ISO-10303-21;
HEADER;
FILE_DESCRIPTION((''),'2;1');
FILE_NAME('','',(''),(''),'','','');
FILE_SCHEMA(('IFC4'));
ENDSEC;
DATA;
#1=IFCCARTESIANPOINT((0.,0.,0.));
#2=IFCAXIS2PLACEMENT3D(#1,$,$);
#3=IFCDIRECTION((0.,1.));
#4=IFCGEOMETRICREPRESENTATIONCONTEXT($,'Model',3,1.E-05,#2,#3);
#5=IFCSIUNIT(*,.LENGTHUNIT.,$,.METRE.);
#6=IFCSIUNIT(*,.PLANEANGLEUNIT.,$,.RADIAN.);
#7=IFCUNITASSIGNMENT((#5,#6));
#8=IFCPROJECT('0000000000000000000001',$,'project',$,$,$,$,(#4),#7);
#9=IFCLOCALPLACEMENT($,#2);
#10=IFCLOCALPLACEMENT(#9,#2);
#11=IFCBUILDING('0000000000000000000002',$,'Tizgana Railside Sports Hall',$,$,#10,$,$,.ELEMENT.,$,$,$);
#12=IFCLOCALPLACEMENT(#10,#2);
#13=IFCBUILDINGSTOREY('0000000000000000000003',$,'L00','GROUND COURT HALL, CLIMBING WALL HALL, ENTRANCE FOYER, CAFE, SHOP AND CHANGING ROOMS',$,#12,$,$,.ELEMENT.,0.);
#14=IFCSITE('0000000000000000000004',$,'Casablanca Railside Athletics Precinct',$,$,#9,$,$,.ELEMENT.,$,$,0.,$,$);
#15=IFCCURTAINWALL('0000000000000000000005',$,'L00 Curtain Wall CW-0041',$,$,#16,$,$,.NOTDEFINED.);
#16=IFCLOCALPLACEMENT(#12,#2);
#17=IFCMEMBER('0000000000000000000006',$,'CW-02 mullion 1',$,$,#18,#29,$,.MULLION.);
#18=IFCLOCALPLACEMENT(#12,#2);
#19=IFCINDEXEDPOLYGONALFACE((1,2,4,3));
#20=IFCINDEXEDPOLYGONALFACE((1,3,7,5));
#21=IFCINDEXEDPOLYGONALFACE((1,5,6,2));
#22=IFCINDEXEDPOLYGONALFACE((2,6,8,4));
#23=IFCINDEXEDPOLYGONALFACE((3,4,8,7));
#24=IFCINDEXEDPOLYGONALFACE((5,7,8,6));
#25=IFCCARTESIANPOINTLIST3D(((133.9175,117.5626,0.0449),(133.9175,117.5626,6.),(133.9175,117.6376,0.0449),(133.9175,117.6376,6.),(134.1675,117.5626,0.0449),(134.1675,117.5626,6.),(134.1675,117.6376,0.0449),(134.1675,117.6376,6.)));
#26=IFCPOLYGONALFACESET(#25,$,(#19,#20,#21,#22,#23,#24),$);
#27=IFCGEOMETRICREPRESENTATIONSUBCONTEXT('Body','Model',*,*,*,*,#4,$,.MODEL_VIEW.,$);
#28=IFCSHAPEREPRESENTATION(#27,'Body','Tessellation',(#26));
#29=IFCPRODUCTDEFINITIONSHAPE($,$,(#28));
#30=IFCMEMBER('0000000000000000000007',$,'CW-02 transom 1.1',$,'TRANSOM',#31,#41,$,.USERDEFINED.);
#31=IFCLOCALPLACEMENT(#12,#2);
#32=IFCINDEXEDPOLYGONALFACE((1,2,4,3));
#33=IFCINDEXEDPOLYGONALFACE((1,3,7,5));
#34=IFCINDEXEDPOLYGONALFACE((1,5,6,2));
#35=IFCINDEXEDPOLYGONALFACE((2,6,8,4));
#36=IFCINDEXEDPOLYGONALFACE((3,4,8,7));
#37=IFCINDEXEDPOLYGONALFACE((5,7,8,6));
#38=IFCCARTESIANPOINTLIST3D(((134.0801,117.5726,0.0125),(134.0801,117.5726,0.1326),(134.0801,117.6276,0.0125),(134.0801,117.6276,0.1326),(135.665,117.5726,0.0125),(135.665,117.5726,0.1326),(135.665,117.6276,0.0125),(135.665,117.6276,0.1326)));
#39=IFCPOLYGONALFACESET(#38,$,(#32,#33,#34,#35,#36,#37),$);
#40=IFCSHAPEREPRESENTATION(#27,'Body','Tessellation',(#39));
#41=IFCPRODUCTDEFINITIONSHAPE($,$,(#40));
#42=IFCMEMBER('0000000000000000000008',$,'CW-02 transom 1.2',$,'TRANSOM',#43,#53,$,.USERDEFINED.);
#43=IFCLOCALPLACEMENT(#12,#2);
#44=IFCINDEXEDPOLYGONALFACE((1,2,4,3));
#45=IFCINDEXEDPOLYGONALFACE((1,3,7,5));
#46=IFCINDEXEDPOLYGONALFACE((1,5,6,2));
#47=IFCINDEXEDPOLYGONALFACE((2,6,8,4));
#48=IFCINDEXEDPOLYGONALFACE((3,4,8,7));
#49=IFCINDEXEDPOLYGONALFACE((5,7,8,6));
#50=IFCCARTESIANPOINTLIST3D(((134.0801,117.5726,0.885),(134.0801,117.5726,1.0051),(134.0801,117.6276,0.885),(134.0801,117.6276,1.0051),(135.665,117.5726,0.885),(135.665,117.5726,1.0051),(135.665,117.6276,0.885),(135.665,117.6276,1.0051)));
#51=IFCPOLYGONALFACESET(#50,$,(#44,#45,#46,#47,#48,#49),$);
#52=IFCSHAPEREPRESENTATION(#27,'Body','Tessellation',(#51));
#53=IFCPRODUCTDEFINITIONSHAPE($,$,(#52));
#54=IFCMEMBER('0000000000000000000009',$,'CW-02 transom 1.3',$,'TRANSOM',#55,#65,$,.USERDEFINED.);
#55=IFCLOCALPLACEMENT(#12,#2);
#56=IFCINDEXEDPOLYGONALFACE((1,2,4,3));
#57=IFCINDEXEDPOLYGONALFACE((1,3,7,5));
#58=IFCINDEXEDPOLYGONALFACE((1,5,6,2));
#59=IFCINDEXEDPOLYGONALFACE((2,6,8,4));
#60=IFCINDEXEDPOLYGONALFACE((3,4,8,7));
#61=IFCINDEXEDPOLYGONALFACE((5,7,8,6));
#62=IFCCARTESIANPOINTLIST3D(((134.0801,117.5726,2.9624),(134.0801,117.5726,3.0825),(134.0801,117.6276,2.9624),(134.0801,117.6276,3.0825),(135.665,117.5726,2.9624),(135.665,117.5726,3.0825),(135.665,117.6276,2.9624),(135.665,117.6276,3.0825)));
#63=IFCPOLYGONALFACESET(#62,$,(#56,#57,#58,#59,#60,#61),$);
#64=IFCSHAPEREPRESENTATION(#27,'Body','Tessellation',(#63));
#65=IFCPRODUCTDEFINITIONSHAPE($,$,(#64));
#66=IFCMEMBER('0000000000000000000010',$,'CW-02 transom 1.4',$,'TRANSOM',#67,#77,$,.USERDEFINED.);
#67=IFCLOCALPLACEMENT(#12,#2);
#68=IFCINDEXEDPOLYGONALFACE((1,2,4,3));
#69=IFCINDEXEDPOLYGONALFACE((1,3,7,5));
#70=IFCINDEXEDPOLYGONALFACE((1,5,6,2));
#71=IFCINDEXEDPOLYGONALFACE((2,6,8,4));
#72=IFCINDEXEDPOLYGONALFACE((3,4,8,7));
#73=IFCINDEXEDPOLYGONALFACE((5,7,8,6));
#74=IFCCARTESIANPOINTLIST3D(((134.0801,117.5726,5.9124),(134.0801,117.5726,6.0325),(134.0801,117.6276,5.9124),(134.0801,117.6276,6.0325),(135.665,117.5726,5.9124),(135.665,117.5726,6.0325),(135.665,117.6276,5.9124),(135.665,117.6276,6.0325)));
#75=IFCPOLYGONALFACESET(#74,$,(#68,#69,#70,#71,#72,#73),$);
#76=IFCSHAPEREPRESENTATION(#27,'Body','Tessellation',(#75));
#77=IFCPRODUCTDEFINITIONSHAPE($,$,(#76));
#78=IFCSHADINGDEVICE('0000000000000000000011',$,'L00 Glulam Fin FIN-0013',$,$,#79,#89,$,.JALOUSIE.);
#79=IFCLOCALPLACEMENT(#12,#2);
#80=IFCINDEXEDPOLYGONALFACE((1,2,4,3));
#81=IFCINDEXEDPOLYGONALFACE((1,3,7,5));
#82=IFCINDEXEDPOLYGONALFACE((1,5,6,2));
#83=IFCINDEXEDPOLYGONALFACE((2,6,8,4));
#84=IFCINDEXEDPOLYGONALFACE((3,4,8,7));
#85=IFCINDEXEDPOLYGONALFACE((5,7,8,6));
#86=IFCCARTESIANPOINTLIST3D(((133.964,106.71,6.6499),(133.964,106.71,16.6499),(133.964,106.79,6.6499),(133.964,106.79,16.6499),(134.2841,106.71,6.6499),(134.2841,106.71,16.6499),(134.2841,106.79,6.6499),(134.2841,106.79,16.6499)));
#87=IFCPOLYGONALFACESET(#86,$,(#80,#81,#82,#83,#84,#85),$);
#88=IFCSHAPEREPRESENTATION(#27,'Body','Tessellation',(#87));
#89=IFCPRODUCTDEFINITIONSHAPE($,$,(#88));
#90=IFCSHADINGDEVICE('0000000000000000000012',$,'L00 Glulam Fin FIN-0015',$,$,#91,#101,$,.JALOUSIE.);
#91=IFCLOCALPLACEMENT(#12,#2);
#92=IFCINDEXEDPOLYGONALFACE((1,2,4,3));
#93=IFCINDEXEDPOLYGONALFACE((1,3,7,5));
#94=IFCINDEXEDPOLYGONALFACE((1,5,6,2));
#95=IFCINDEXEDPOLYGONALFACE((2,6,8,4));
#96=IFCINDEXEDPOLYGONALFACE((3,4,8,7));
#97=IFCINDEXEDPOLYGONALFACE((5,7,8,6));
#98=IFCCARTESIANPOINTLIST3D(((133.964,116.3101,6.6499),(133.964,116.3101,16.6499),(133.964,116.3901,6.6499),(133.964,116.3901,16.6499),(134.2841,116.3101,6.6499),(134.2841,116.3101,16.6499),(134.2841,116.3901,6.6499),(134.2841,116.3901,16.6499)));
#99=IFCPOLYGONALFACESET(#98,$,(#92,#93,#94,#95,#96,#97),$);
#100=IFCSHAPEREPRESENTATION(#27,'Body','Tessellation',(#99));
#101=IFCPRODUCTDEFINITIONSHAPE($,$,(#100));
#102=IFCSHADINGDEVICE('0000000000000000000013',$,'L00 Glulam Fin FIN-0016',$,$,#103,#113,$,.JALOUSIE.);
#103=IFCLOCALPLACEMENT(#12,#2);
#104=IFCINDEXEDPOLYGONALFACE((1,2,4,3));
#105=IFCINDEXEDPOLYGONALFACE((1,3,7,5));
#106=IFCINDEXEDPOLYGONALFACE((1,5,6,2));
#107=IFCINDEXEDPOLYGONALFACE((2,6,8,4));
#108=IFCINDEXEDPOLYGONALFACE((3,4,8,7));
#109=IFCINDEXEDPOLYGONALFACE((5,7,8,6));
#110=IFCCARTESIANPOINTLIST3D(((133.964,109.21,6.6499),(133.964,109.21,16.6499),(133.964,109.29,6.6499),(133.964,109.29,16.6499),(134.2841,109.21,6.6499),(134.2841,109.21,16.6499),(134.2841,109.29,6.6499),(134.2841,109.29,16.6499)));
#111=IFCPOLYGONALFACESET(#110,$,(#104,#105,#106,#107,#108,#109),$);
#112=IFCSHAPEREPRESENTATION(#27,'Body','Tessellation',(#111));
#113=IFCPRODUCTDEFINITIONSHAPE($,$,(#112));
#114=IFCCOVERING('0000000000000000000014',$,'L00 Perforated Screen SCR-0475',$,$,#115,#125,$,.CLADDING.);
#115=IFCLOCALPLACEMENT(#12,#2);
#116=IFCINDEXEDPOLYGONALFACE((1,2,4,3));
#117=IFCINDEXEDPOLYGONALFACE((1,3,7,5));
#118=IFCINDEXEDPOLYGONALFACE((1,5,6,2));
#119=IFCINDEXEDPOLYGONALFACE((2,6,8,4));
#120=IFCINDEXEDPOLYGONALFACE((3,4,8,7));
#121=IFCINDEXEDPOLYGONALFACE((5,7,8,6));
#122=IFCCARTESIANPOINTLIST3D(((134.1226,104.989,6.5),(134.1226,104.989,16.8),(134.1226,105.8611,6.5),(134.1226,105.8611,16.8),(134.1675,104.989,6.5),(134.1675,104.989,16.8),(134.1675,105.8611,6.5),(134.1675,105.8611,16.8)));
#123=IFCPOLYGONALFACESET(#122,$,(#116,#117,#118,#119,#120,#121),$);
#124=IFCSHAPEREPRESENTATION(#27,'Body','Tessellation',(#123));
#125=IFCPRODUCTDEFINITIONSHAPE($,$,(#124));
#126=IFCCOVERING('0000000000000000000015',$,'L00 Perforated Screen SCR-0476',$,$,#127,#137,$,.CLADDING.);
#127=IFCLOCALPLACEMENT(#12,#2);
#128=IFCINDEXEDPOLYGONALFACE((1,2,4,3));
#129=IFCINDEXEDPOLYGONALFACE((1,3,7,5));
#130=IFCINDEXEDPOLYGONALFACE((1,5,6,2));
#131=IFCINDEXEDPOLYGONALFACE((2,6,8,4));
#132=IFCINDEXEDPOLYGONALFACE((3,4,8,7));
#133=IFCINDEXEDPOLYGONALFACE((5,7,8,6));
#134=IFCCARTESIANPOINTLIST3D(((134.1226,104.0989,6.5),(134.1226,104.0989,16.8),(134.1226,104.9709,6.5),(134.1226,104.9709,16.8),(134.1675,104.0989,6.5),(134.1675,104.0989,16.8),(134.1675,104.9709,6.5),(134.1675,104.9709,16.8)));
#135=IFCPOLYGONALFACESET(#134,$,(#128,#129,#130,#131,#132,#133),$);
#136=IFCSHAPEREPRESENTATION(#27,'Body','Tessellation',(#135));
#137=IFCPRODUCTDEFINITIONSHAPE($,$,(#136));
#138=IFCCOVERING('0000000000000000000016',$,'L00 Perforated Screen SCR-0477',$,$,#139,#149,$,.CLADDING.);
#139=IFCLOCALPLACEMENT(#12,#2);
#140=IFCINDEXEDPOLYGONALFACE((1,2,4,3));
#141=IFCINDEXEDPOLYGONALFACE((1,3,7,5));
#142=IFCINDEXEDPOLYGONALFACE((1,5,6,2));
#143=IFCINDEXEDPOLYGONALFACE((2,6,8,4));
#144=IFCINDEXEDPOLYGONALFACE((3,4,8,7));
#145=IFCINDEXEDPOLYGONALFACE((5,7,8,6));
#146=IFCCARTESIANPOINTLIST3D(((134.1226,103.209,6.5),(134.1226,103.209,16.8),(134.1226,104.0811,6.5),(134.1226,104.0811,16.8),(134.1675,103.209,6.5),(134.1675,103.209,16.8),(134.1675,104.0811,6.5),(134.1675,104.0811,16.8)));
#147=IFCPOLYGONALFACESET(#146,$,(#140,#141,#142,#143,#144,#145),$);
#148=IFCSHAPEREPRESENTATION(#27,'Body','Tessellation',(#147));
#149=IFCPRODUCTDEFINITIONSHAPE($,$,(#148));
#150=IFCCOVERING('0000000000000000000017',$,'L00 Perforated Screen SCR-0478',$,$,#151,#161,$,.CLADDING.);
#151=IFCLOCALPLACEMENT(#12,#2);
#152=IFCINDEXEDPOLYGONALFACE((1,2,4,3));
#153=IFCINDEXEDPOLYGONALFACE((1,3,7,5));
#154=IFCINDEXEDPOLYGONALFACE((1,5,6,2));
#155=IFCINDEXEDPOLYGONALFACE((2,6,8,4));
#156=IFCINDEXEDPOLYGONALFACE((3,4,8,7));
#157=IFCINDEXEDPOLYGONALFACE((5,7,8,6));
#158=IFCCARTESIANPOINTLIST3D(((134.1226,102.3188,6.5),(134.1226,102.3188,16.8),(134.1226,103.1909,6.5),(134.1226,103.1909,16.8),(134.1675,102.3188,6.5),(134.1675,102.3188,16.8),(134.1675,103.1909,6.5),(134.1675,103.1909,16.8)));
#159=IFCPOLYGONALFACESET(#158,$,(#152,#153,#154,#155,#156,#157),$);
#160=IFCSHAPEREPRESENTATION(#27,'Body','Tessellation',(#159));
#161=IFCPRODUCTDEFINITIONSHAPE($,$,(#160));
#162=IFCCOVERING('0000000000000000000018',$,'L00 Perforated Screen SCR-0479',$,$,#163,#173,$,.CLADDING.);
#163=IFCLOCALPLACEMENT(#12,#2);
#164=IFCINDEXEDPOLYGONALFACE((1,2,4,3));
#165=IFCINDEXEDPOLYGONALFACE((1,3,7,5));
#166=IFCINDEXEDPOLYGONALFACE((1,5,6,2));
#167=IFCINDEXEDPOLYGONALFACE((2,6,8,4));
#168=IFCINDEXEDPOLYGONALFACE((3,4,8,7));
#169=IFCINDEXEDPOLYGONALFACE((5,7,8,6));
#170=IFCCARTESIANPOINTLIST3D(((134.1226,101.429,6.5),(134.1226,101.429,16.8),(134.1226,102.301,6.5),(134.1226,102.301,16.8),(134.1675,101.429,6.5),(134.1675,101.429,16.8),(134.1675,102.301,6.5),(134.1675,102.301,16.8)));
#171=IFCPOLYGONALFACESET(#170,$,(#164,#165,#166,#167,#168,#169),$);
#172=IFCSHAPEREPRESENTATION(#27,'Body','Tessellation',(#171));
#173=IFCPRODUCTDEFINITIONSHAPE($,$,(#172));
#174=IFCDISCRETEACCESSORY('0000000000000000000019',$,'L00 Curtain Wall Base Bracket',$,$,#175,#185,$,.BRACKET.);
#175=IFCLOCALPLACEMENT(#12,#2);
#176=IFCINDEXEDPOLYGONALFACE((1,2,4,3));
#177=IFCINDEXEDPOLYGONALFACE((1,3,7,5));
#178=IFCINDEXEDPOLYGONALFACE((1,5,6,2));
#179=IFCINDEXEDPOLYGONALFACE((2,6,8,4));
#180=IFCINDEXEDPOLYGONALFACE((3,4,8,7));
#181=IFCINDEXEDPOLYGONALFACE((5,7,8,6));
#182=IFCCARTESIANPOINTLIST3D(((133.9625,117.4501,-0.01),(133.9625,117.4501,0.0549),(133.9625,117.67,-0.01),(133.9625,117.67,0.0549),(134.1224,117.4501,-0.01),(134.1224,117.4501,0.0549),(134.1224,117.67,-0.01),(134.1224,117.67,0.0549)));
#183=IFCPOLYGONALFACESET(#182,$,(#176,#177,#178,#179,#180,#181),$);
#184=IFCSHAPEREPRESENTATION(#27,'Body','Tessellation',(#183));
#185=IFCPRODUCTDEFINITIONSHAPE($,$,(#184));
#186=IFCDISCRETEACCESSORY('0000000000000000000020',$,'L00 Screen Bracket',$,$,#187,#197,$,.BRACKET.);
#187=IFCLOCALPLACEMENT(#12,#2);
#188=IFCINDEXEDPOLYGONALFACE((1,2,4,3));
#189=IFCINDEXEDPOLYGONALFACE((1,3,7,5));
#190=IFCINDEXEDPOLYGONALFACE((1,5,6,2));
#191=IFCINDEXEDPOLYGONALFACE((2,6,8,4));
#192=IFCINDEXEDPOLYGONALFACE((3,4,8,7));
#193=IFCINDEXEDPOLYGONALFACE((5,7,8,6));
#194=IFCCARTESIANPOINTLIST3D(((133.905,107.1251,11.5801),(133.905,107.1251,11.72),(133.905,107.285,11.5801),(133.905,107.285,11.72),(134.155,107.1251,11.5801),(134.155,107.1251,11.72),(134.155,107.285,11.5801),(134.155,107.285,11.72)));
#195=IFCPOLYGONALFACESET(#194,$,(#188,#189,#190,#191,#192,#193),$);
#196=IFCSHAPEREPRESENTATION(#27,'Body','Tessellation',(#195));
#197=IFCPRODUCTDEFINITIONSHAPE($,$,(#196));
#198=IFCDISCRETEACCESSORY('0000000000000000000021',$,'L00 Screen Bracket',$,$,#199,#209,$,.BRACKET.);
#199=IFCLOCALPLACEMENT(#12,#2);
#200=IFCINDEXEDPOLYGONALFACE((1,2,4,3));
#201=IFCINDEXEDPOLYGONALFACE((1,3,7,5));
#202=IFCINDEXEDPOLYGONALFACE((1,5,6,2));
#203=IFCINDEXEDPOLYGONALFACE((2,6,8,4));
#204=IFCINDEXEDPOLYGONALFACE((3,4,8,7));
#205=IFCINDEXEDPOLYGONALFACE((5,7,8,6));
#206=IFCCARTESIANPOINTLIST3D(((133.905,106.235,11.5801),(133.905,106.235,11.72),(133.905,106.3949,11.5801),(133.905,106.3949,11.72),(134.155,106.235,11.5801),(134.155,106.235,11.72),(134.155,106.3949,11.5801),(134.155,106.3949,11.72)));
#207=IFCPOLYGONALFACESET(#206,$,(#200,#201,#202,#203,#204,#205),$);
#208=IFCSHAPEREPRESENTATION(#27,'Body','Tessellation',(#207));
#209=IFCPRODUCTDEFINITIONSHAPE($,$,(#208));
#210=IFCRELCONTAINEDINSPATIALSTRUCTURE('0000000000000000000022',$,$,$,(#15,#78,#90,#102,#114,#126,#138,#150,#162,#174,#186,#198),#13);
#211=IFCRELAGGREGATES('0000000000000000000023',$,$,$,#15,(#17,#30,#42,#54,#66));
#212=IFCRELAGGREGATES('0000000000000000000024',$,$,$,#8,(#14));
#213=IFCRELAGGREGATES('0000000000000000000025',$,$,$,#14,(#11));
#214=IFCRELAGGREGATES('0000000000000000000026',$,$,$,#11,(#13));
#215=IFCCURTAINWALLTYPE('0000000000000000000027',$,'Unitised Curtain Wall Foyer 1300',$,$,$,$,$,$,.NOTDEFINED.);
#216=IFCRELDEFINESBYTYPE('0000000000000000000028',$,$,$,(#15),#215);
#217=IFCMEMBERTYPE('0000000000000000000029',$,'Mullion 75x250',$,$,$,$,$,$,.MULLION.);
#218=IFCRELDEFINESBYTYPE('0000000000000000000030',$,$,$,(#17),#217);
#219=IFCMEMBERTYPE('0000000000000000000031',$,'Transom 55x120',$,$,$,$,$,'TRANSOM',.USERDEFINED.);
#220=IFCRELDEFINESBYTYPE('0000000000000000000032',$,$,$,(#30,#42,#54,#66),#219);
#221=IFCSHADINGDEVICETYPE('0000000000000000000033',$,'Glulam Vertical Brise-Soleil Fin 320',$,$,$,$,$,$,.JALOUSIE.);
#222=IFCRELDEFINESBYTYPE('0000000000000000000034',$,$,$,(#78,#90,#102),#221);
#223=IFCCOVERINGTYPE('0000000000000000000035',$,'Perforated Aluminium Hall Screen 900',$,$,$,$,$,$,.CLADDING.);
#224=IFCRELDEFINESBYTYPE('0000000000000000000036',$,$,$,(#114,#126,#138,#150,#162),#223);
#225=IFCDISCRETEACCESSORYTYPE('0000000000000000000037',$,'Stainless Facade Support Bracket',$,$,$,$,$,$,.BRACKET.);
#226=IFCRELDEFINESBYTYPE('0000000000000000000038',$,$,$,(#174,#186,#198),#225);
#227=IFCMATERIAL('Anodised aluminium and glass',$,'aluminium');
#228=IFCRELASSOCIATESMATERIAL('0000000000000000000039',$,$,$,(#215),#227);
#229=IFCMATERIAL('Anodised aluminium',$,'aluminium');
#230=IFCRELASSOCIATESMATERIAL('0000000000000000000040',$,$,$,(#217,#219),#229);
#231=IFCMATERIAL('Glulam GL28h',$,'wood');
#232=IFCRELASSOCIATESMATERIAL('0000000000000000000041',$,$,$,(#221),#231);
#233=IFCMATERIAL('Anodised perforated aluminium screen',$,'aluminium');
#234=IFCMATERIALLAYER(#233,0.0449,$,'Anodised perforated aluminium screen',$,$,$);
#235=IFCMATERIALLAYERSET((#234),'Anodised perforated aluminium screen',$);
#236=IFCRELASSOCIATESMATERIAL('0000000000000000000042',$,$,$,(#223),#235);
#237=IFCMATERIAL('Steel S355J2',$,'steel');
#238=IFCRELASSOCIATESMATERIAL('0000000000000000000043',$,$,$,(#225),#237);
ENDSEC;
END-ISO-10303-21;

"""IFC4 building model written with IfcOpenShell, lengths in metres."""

from ifc_helpers import new_model, si_unit, direction, frame, origin, origin_2d, place, context, subcontext, project, spatial, rectangle, extrude, material, layer, layer_set, material_profile, profile_set, type_object, element, aggregate, save


model = new_model("IFC4")

# Units and contexts
model_context = context("Model", 3, precision=1e-05, world=origin(), true_north=direction((0.0, 1.0)))
body_context = subcontext(model_context, "Body", "Model", "MODEL_VIEW")
ifc_project = project(units=[si_unit("LENGTHUNIT", "METRE"), si_unit("PLANEANGLEUNIT", "RADIAN")], contexts=[model_context])

# Site, building, storey
site_placement = place(None, origin())
site = spatial("IfcSite", under=ifc_project, at=site_placement, Name="Casablanca Railside Athletics Precinct", CompositionType="ELEMENT", RefElevation=0.0)
building_placement = place(site_placement, origin())
building = spatial("IfcBuilding", under=site, at=building_placement, Name="Tizgana Railside Sports Hall", CompositionType="ELEMENT")
storey_placement = place(building_placement, origin())
storey = spatial("IfcBuildingStorey", under=building, at=storey_placement, Name="L00", Description="GROUND COURT HALL, CLIMBING WALL HALL, ENTRANCE FOYER, CAFE, SHOP AND CHANGING ROOMS", CompositionType="ELEMENT", Elevation=0.0)

# Curtain wall, members
ifc_material_1 = material(Name="Anodised aluminium and glass", Category="aluminium")
curtain_wall_type = type_object("IfcCurtainWallType", Name="Unitised Curtain Wall Foyer 1300", PredefinedType="NOTDEFINED", material=ifc_material_1)
curtain_wall_placement = place(storey_placement, origin())
curtain_wall = element("IfcCurtainWall", 1, at=curtain_wall_placement, inside=storey, type_object=curtain_wall_type, Name="L00 Curtain Wall CW-0041", PredefinedType="NOTDEFINED")
ifc_material_2 = material(Name="Anodised aluminium", Category="aluminium")
ifc_material_profile_1 = material_profile(ifc_material_2, rectangle(XDim=0.075, YDim=0.25, at=origin_2d()), Name="Mullion 75x250")
ifc_profile_set_1 = profile_set([ifc_material_profile_1], Name="Anodised aluminium")
member_type_1 = type_object("IfcMemberType", Name="Mullion 75x250", PredefinedType="MULLION", material=ifc_profile_set_1)
member_1_placement = place(storey_placement, frame((134.0425, 117.6001, 0.0449), z_axis=(0.0, 0.0, 1.0), x_axis=(0.0, 1.0, 0.0)))
member_1 = element("IfcMember", 2, at=member_1_placement, type_object=member_type_1, Name="CW-02 mullion 1", PredefinedType="MULLION", context=body_context, shape_type="SweptSolid", body=[
    extrude(rectangle(XDim=0.075, YDim=0.25, at=origin_2d()), origin(), (0.0, 0.0, 1.0), 5.9551),
])
ifc_material_profile_2 = material_profile(ifc_material_2, rectangle(XDim=0.0549, YDim=0.1201, at=origin_2d()), Name="Transom 55x120")
ifc_profile_set_2 = profile_set([ifc_material_profile_2], Name="Anodised aluminium")
member_type_2 = type_object("IfcMemberType", Name="Transom 55x120", ElementType="TRANSOM", PredefinedType="USERDEFINED", material=ifc_profile_set_2)
member_2_placement = place(storey_placement, frame((134.0801, 117.6001, 0.0725), z_axis=(1.0, 0.0, 0.0), x_axis=(0.0, 1.0, 0.0)))
member_2 = element("IfcMember", 3, at=member_2_placement, type_object=member_type_2, Name="CW-02 transom 1.1", ObjectType="TRANSOM", PredefinedType="USERDEFINED", context=body_context, shape_type="SweptSolid", body=[
    extrude(rectangle(XDim=0.0549, YDim=0.1201, at=origin_2d()), origin(), (0.0, 0.0, 1.0), 1.585),
])
member_3_placement = place(storey_placement, frame((134.0801, 117.6001, 0.9451), z_axis=(1.0, 0.0, 0.0), x_axis=(0.0, 1.0, 0.0)))
member_3 = element("IfcMember", 4, at=member_3_placement, type_object=member_type_2, Name="CW-02 transom 1.2", ObjectType="TRANSOM", PredefinedType="USERDEFINED", context=body_context, shape_type="SweptSolid", body=[
    extrude(rectangle(XDim=0.0549, YDim=0.1201, at=origin_2d()), origin(), (0.0, 0.0, 1.0), 1.585),
])
member_4_placement = place(storey_placement, frame((134.0801, 117.6001, 3.0225), z_axis=(1.0, 0.0, 0.0), x_axis=(0.0, 1.0, 0.0)))
member_4 = element("IfcMember", 5, at=member_4_placement, type_object=member_type_2, Name="CW-02 transom 1.3", ObjectType="TRANSOM", PredefinedType="USERDEFINED", context=body_context, shape_type="SweptSolid", body=[
    extrude(rectangle(XDim=0.0549, YDim=0.1201, at=origin_2d()), origin(), (0.0, 0.0, 1.0), 1.585),
])
member_5_placement = place(storey_placement, frame((134.0801, 117.6001, 5.9724), z_axis=(1.0, 0.0, 0.0), x_axis=(0.0, 1.0, 0.0)))
member_5 = element("IfcMember", 6, at=member_5_placement, type_object=member_type_2, Name="CW-02 transom 1.4", ObjectType="TRANSOM", PredefinedType="USERDEFINED", context=body_context, shape_type="SweptSolid", body=[
    extrude(rectangle(XDim=0.0549, YDim=0.1201, at=origin_2d()), origin(), (0.0, 0.0, 1.0), 1.585),
])
aggregate(curtain_wall, [member_1, member_2, member_3, member_4, member_5])

# Shading devices
ifc_material_3 = material(Name="Glulam GL28h", Category="wood")
shading_device_type = type_object("IfcShadingDeviceType", Name="Glulam Vertical Brise-Soleil Fin 320", PredefinedType="JALOUSIE", material=ifc_material_3)
for number, where, z_axis, x_axis, name in (
    (7, (134.124, 106.75, 6.6499), (0.0, 0.0, 1.0), (0.0, -1.0, 0.0), "L00 Glulam Fin FIN-0013"),
    (8, (134.124, 116.3501, 6.6499), (0.0, 0.0, 1.0), (0.0, -1.0, 0.0), "L00 Glulam Fin FIN-0015"),
    (9, (134.124, 109.25, 6.6499), (0.0, 0.0, 1.0), (0.0, -1.0, 0.0), "L00 Glulam Fin FIN-0016"),
):
    element("IfcShadingDevice", number, at=place(storey_placement, frame(where, z_axis=z_axis, x_axis=x_axis)), inside=storey, type_object=shading_device_type, Name=name, PredefinedType="JALOUSIE", context=body_context, shape_type="SweptSolid", body=[
        extrude(rectangle(XDim=0.0801, YDim=0.3201, at=origin_2d()), origin(), (0.0, 0.0, 1.0), 10.0),
    ])

# Coverings
ifc_material_4 = material(Name="Anodised perforated aluminium screen", Category="aluminium")
ifc_layer = layer(ifc_material_4, 0.0449, Name="Anodised perforated aluminium screen")
ifc_layer_set = layer_set([ifc_layer], Name="Anodised perforated aluminium screen")
covering_type = type_object("IfcCoveringType", Name="Perforated Aluminium Hall Screen 900", PredefinedType="CLADDING", material=ifc_layer_set)
for number, where, z_axis, x_axis, name in (
    (10, (134.145, 105.425, 6.5), (0.0, 0.0, 1.0), (0.0, -1.0, 0.0), "L00 Perforated Screen SCR-0475"),
    (11, (134.145, 104.5349, 6.5), (0.0, 0.0, 1.0), (0.0, -1.0, 0.0), "L00 Perforated Screen SCR-0476"),
    (12, (134.145, 103.645, 6.5), (0.0, 0.0, 1.0), (0.0, -1.0, 0.0), "L00 Perforated Screen SCR-0477"),
    (13, (134.145, 102.7549, 6.5), (0.0, 0.0, 1.0), (0.0, -1.0, 0.0), "L00 Perforated Screen SCR-0478"),
    (14, (134.145, 101.865, 6.5), (0.0, 0.0, 1.0), (0.0, -1.0, 0.0), "L00 Perforated Screen SCR-0479"),
):
    element("IfcCovering", number, at=place(storey_placement, frame(where, z_axis=z_axis, x_axis=x_axis)), inside=storey, type_object=covering_type, Name=name, PredefinedType="CLADDING", context=body_context, shape_type="SweptSolid", body=[
        extrude(rectangle(XDim=0.8721, YDim=0.0449, at=origin_2d()), origin(), (0.0, 0.0, 1.0), 10.3),
    ])

# Discrete accessories
ifc_material_5 = material(Name="Steel S355J2", Category="steel")
discrete_accessory_type = type_object("IfcDiscreteAccessoryType", Name="Stainless Facade Support Bracket", PredefinedType="BRACKET", material=ifc_material_5)
discrete_accessory_placement = place(storey_placement, frame((134.0425, 117.5601, -0.01), z_axis=(0.0, 0.0, 1.0), x_axis=(1.0, 0.0, 0.0)))
element("IfcDiscreteAccessory", 15, at=discrete_accessory_placement, inside=storey, type_object=discrete_accessory_type, Name="L00 Curtain Wall Base Bracket", PredefinedType="BRACKET", context=body_context, shape_type="SweptSolid", body=[
    extrude(rectangle(XDim=0.1599, YDim=0.22, at=origin_2d()), origin(), (0.0, 0.0, 1.0), 0.0649),
])
for number, where, z_axis, x_axis, name in (
    (16, (134.03, 107.2051, 11.5801), (0.0, 0.0, 1.0), (0.0, -1.0, 0.0), "L00 Screen Bracket"),
    (17, (134.03, 106.3149, 11.5801), (0.0, 0.0, 1.0), (0.0, -1.0, 0.0), "L00 Screen Bracket"),
):
    element("IfcDiscreteAccessory", number, at=place(storey_placement, frame(where, z_axis=z_axis, x_axis=x_axis)), inside=storey, type_object=discrete_accessory_type, Name=name, PredefinedType="BRACKET", context=body_context, shape_type="SweptSolid", body=[
        extrude(rectangle(XDim=0.1599, YDim=0.25, at=origin_2d()), origin(), (0.0, 0.0, 1.0), 0.1399),
    ])

save(model, "model.ifc")
